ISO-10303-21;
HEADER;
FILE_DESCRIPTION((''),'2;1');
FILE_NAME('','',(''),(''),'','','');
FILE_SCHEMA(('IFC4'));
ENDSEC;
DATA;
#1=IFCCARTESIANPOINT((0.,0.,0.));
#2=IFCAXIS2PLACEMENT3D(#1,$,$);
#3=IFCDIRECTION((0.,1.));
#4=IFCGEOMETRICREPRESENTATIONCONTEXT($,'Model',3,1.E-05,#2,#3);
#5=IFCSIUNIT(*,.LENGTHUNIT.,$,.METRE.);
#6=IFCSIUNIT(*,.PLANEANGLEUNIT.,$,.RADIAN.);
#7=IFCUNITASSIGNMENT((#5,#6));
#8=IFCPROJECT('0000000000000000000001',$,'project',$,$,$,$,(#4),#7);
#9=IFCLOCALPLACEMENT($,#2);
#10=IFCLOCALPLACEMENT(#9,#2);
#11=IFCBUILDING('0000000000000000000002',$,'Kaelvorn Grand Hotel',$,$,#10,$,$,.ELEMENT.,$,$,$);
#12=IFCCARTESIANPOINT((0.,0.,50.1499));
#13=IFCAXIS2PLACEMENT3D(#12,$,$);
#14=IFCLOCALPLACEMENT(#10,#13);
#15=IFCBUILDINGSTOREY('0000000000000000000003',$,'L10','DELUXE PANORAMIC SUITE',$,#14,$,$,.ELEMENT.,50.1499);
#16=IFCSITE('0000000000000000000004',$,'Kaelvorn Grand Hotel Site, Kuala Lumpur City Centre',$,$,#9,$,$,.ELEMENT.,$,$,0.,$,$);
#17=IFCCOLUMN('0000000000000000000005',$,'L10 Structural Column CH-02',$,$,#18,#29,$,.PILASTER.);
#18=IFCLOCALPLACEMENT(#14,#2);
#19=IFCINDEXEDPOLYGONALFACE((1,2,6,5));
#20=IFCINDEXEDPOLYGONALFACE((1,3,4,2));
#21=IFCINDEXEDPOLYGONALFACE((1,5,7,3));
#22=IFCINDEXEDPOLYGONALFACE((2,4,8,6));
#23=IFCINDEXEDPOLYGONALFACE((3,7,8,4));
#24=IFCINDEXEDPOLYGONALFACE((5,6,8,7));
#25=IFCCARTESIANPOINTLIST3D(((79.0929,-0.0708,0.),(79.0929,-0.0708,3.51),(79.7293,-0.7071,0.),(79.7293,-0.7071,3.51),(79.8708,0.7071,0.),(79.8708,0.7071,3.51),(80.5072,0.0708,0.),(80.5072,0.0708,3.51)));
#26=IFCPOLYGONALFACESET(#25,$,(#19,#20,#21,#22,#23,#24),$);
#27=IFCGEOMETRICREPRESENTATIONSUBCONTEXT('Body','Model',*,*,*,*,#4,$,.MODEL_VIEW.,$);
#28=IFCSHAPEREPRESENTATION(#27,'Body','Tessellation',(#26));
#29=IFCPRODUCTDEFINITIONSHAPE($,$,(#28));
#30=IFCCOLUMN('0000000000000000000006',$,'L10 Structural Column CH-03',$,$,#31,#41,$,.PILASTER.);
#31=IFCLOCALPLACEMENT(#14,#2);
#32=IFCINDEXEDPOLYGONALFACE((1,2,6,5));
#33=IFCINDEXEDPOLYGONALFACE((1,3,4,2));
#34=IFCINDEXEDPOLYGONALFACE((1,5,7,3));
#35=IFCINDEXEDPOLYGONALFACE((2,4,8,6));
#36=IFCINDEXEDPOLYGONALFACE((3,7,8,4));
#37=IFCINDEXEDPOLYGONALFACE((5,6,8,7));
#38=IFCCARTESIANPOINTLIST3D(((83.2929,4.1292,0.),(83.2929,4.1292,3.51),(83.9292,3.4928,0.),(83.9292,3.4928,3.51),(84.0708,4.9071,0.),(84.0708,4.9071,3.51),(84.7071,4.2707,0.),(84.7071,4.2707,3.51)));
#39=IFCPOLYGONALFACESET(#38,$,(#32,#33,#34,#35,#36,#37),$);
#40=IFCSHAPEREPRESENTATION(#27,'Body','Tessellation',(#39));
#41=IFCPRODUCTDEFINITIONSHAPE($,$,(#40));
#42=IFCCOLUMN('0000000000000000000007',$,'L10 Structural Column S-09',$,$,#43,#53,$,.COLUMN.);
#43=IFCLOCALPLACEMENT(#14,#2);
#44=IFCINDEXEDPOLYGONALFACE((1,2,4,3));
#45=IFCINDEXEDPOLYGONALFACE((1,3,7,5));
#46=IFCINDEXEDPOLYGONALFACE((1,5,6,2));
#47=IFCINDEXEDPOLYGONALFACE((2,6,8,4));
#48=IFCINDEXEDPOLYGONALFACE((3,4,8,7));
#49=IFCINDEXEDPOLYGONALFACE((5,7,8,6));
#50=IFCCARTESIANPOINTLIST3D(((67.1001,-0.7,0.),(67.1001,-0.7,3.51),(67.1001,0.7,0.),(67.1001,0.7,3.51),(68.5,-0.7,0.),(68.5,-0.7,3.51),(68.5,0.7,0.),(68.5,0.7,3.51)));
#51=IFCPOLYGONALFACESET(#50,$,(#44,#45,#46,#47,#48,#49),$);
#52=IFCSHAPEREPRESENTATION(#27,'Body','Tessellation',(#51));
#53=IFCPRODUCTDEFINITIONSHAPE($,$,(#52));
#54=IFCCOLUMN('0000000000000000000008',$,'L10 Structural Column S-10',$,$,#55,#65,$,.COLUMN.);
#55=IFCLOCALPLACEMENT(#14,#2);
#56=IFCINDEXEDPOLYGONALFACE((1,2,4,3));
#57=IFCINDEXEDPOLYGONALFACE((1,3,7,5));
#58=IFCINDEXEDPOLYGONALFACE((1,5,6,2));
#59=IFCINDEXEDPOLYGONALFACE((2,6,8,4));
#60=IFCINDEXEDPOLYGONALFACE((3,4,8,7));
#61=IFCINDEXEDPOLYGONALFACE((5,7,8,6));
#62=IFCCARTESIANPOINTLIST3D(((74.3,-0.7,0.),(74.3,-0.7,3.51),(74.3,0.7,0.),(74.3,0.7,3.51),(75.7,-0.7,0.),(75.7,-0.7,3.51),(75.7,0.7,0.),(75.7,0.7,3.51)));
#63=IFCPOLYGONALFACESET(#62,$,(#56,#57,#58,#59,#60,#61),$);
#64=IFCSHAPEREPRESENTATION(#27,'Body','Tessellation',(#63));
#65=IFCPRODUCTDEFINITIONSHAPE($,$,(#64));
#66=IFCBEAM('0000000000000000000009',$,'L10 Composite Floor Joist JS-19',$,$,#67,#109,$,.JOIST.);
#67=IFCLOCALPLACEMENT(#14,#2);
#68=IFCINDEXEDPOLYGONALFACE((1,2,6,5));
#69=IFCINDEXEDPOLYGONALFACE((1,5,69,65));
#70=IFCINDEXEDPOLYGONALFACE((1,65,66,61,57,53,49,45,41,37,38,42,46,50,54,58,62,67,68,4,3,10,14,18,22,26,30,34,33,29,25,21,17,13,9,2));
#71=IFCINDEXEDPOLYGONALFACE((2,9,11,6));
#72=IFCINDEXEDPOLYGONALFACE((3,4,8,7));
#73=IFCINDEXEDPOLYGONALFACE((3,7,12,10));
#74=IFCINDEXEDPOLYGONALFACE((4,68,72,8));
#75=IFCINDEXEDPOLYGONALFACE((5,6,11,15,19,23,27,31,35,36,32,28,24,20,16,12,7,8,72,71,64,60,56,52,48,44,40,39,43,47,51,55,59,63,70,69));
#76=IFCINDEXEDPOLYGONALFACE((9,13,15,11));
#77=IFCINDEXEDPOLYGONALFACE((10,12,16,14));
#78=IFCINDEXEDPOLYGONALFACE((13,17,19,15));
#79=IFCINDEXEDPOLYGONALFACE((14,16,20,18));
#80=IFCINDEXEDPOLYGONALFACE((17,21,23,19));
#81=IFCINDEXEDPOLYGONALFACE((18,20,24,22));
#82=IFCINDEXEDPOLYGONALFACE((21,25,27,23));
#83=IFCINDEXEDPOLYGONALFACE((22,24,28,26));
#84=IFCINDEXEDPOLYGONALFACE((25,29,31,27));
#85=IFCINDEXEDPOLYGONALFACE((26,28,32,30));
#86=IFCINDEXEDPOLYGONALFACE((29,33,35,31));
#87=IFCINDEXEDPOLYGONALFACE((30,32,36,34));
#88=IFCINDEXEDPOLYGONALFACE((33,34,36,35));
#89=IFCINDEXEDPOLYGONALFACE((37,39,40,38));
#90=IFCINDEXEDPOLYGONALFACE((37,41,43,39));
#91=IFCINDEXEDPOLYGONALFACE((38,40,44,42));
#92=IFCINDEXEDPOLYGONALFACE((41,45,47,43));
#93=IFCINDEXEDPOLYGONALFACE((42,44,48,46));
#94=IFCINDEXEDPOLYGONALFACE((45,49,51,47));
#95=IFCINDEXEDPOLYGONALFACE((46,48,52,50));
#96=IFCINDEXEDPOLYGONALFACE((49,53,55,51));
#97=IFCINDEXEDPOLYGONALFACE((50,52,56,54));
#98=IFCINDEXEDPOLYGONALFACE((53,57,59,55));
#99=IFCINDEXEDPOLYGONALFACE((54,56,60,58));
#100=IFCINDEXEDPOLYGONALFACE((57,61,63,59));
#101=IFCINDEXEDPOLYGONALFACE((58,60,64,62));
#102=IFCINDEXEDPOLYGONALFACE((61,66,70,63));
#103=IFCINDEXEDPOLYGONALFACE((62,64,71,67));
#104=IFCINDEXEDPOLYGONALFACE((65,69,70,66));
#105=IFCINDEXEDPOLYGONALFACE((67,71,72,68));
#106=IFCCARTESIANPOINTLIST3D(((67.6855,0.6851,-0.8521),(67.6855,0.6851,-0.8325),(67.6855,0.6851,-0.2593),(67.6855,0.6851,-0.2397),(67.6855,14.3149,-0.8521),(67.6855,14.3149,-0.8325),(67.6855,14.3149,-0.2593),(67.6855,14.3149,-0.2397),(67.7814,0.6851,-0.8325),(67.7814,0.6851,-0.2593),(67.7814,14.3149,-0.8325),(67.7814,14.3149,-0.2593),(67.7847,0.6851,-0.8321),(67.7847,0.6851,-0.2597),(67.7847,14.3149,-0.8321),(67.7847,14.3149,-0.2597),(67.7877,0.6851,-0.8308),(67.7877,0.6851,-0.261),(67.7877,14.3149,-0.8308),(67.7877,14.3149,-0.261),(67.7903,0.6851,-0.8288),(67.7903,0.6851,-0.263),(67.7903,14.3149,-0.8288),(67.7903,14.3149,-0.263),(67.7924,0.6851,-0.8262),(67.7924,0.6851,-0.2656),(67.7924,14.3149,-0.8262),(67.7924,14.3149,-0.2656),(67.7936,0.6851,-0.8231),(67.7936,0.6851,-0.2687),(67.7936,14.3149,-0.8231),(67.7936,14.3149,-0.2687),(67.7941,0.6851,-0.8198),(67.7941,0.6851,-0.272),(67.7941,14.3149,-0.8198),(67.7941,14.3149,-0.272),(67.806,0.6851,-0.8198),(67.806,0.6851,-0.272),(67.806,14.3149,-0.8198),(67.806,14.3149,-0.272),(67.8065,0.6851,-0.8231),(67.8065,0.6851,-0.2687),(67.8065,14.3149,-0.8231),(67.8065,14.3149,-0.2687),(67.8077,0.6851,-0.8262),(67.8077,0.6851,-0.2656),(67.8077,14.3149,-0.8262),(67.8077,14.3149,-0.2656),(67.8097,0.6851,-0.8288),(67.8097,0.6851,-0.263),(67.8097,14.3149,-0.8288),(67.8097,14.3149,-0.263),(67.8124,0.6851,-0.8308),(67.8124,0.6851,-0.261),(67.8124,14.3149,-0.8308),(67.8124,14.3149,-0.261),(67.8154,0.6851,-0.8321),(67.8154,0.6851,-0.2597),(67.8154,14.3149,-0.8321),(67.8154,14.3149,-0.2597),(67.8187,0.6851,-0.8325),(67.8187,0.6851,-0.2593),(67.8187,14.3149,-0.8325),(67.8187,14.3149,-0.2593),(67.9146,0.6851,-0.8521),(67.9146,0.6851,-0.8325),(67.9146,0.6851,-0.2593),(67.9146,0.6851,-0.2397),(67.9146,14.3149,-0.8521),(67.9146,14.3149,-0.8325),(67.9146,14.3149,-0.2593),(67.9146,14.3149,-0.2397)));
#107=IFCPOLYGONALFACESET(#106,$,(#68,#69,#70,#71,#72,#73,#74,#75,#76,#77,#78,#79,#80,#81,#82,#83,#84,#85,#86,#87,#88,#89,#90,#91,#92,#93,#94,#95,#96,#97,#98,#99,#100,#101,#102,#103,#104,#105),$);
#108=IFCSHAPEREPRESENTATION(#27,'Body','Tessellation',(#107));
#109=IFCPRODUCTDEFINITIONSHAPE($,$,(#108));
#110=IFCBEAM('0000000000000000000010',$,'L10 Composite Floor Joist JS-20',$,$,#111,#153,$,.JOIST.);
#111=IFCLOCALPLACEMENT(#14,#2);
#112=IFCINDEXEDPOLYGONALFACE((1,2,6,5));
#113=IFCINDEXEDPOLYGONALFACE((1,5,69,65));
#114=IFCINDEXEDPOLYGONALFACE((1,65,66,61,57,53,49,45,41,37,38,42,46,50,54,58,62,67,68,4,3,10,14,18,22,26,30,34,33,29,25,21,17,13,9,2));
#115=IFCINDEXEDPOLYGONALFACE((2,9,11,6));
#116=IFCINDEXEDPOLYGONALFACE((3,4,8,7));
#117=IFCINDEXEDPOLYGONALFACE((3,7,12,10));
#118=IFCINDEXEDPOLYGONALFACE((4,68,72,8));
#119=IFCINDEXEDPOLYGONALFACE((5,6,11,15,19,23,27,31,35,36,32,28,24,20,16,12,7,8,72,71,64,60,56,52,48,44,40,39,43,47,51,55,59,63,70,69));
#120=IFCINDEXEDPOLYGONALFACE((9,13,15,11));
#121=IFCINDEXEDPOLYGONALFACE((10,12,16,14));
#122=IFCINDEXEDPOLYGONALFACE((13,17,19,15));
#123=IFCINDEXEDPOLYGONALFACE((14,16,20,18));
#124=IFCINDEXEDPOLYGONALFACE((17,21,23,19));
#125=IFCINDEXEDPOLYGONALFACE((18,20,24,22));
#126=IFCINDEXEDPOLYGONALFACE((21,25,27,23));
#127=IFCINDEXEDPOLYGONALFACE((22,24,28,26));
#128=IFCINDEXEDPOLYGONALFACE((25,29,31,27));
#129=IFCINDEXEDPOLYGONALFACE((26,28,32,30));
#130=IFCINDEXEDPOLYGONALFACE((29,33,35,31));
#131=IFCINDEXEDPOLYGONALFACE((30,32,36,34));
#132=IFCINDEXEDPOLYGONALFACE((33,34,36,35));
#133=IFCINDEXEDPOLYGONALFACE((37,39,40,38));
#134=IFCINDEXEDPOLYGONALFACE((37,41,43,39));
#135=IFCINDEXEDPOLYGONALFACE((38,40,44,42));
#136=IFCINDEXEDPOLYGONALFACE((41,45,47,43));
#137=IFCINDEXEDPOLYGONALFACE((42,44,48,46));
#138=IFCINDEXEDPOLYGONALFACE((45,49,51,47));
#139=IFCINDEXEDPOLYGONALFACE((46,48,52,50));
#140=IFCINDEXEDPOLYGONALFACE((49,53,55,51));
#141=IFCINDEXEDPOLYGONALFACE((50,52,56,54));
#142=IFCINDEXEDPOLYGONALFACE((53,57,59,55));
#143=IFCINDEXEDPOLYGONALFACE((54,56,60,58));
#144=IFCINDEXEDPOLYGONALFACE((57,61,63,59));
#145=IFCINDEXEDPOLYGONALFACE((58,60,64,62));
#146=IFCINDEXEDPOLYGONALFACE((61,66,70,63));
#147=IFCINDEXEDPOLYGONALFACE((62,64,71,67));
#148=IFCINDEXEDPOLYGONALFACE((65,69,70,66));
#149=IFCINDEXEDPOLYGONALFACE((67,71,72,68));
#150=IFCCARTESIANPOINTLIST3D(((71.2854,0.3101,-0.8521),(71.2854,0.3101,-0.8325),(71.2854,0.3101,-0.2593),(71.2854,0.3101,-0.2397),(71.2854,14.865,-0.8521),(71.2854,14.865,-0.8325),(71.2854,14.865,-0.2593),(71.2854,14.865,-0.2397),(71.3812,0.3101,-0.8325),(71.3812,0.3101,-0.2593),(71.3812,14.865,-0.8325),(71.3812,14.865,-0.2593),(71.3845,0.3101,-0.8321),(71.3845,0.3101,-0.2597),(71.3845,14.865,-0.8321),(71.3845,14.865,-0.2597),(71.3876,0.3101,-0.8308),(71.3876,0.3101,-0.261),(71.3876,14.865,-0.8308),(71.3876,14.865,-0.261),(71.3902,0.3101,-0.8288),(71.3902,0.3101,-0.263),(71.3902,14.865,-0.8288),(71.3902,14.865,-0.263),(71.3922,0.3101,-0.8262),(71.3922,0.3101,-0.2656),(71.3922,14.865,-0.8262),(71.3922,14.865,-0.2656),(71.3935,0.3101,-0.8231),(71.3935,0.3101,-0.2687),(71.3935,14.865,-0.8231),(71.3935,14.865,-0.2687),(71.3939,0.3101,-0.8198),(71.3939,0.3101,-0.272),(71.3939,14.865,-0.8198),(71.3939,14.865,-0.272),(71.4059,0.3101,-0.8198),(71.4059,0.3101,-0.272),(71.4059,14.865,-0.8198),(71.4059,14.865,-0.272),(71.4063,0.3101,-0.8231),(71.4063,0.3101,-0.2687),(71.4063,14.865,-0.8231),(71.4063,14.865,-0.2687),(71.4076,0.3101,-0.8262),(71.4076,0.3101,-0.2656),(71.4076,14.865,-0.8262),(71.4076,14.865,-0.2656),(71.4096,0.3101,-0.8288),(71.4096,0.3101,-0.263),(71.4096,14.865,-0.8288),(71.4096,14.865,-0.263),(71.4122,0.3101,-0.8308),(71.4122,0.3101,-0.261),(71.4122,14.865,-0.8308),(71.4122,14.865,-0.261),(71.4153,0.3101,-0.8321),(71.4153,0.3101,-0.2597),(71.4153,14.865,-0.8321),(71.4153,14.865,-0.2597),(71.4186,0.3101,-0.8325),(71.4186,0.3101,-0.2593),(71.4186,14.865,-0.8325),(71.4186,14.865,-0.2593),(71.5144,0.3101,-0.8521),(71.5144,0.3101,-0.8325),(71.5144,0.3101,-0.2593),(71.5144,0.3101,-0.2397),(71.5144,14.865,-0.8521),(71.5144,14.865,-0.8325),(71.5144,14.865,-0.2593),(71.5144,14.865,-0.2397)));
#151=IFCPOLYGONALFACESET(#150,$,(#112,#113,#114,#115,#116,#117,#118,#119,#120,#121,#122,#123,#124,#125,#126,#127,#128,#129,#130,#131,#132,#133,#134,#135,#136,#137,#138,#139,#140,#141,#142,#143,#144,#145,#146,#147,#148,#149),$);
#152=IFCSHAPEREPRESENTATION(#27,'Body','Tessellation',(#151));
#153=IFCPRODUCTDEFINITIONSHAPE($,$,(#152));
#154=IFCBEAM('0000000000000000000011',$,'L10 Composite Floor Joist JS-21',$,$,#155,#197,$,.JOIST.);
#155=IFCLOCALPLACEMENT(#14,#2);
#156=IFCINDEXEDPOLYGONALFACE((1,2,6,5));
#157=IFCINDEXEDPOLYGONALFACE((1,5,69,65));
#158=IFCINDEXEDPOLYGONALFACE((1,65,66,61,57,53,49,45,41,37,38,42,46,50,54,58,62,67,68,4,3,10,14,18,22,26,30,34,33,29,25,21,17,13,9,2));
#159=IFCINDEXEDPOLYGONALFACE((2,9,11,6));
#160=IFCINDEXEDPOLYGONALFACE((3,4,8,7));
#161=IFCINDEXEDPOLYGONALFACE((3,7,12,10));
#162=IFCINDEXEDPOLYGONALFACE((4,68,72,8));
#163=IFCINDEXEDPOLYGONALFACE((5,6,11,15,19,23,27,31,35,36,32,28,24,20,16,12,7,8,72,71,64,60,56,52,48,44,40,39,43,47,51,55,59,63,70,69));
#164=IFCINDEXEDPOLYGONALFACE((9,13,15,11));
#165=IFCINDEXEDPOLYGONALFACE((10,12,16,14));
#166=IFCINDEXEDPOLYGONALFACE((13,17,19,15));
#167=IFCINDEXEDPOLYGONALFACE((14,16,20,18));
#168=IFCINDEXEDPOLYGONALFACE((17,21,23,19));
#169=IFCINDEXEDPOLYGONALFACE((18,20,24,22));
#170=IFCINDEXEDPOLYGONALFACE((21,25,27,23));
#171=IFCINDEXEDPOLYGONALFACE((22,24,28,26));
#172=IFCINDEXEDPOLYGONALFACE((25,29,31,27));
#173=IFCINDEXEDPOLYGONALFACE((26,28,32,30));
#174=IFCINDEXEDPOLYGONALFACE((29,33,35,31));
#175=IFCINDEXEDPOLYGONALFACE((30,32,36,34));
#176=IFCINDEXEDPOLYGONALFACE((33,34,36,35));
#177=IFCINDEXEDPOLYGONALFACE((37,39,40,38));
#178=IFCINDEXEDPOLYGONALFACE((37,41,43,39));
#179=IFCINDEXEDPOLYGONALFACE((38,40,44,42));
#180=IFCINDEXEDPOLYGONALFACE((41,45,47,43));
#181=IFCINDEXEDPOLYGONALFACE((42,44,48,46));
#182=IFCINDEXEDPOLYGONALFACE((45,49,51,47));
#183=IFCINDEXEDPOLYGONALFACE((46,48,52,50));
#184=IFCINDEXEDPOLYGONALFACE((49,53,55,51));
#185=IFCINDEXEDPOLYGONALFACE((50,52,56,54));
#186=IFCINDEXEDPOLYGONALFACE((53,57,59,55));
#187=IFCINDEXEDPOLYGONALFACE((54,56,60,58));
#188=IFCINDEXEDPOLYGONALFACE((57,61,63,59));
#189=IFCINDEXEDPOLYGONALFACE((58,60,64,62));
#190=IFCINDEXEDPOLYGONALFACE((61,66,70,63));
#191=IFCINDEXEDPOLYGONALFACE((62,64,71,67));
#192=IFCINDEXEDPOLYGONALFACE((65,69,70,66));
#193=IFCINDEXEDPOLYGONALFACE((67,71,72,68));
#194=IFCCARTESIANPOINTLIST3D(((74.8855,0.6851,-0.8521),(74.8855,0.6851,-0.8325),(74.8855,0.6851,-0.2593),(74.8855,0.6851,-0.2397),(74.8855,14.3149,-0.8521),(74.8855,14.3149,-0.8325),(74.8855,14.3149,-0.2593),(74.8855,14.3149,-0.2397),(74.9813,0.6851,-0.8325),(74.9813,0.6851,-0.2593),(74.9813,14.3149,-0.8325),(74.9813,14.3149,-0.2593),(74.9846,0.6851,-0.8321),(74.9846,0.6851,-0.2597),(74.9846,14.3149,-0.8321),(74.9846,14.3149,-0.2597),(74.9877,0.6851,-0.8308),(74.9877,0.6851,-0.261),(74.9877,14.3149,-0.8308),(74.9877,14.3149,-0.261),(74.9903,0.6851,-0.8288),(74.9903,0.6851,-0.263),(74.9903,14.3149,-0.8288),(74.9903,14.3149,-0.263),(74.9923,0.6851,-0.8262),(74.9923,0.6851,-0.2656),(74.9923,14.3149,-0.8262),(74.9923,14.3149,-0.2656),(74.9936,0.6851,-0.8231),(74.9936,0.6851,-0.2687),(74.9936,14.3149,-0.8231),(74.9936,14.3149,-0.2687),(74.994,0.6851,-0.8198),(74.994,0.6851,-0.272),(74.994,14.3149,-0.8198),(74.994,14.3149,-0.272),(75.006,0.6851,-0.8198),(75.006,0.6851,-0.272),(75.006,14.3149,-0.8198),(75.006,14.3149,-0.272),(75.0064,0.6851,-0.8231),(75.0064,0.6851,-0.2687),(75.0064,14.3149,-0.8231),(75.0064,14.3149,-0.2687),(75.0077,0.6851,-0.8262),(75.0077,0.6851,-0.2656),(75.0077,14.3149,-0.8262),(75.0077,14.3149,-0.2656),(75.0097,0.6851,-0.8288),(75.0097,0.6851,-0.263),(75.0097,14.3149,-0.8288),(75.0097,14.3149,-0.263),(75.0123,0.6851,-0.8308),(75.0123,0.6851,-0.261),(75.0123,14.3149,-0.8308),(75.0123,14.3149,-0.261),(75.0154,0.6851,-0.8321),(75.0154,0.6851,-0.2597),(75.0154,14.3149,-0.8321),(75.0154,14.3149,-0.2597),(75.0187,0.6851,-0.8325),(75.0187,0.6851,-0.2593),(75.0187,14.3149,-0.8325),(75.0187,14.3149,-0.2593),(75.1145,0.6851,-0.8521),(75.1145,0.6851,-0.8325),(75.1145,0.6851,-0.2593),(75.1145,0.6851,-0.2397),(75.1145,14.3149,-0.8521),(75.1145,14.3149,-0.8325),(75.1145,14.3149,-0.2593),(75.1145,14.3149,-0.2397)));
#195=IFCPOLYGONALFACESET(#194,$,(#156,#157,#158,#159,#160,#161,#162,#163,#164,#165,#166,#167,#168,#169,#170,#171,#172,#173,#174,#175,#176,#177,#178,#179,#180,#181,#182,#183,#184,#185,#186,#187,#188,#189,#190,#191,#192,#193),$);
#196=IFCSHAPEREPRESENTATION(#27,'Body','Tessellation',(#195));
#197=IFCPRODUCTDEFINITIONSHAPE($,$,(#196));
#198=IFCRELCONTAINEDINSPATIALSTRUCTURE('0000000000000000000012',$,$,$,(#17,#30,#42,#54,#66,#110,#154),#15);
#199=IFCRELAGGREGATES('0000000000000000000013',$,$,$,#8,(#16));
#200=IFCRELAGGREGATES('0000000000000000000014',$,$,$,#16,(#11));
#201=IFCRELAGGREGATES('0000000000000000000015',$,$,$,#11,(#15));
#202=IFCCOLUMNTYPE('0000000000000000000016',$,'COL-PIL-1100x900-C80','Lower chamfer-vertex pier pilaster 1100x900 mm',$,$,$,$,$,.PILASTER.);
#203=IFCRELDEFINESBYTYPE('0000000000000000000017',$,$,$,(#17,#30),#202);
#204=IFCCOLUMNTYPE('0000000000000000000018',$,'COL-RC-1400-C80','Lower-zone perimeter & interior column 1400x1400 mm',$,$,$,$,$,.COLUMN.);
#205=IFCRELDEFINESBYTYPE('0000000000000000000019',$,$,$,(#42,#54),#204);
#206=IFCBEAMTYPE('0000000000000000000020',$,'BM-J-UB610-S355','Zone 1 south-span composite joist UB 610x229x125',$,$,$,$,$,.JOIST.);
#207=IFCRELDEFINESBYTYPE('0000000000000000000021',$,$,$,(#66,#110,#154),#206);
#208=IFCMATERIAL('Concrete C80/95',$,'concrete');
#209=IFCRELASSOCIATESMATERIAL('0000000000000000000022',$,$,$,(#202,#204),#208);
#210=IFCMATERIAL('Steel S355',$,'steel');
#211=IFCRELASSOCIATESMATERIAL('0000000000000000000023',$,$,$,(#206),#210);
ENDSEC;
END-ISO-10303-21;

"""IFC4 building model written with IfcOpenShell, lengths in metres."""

from ifc_helpers import new_model, si_unit, direction, frame, origin, origin_2d, place, context, subcontext, project, spatial, rectangle, i_section, extrude, material, material_profile, profile_set, type_object, element, save


model = new_model("IFC4")

# Units and contexts
model_context = context("Model", 3, precision=1e-05, world=origin(), true_north=direction((0.0, 1.0)))
body_context = subcontext(model_context, "Body", "Model", "MODEL_VIEW")
ifc_project = project(units=[si_unit("LENGTHUNIT", "METRE"), si_unit("PLANEANGLEUNIT", "RADIAN")], contexts=[model_context])

# Site, building, storey
site_placement = place(None, origin())
site = spatial("IfcSite", under=ifc_project, at=site_placement, Name="Kaelvorn Grand Hotel Site, Kuala Lumpur City Centre", CompositionType="ELEMENT", RefElevation=0.0)
building_placement = place(site_placement, origin())
building = spatial("IfcBuilding", under=site, at=building_placement, Name="Kaelvorn Grand Hotel", CompositionType="ELEMENT")
storey_placement = place(building_placement, frame((0.0, 0.0, 50.1499)))
storey = spatial("IfcBuildingStorey", under=building, at=storey_placement, Name="L10", Description="DELUXE PANORAMIC SUITE", CompositionType="ELEMENT", Elevation=50.1499)

# Columns
ifc_material_1 = material(Name="Concrete C80/95", Category="concrete")
ifc_material_profile_1 = material_profile(ifc_material_1, rectangle(XDim=1.1001, YDim=0.8999, at=origin_2d()), Name="RC PILASTER 1100x900")
ifc_profile_set_1 = profile_set([ifc_material_profile_1], Name="Concrete C80/95")
column_type_1 = type_object("IfcColumnType", Name="COL-PIL-1100x900-C80", Description="Lower chamfer-vertex pier pilaster 1100x900 mm", PredefinedType="PILASTER", material=ifc_profile_set_1)
for number, where, z_axis, x_axis, name in (
    (1, (79.8, 0.0, 0.0), (0.0, 0.0, 1.0), (0.707107, 0.707107, 0.0), "L10 Structural Column CH-02"),
    (2, (84.0, 4.2, 0.0), (0.0, 0.0, 1.0), (0.707107, 0.707107, 0.0), "L10 Structural Column CH-03"),
):
    element("IfcColumn", number, at=place(storey_placement, frame(where, z_axis=z_axis, x_axis=x_axis)), inside=storey, type_object=column_type_1, Name=name, PredefinedType="PILASTER", context=body_context, shape_type="SweptSolid", body=[
        extrude(rectangle(XDim=1.1001, YDim=0.8999, at=origin_2d()), origin(), (0.0, 0.0, 1.0), 3.51),
    ])
ifc_material_profile_2 = material_profile(ifc_material_1, rectangle(XDim=1.3999, YDim=1.3999, at=origin_2d()), Name="RC COL 1400x1400")
ifc_profile_set_2 = profile_set([ifc_material_profile_2], Name="Concrete C80/95")
column_type_2 = type_object("IfcColumnType", Name="COL-RC-1400-C80", Description="Lower-zone perimeter & interior column 1400x1400 mm", PredefinedType="COLUMN", material=ifc_profile_set_2)
for number, where, z_axis, x_axis, name in (
    (3, (67.8, 0.0, 0.0), (0.0, 0.0, 1.0), (1.0, 0.0, 0.0), "L10 Structural Column S-09"),
    (4, (75.0, 0.0, 0.0), (0.0, 0.0, 1.0), (1.0, 0.0, 0.0), "L10 Structural Column S-10"),
):
    element("IfcColumn", number, at=place(storey_placement, frame(where, z_axis=z_axis, x_axis=x_axis)), inside=storey, type_object=column_type_2, Name=name, PredefinedType="COLUMN", context=body_context, shape_type="SweptSolid", body=[
        extrude(rectangle(XDim=1.3999, YDim=1.3999, at=origin_2d()), origin(), (0.0, 0.0, 1.0), 3.51),
    ])

# Beams
ifc_material_2 = material(Name="Steel S355", Category="steel")
ifc_material_profile_3 = material_profile(ifc_material_2, i_section(OverallWidth=0.229, OverallDepth=0.6123, WebThickness=0.012, FlangeThickness=0.0195, FilletRadius=0.0127, at=origin_2d()), Name="UB 610x229x125")
ifc_profile_set_3 = profile_set([ifc_material_profile_3], Name="Steel S355")
beam_type_1 = type_object("IfcBeamType", Name="BM-J-UB610-S355", Description="Zone 1 south-span composite joist UB 610x229x125", PredefinedType="JOIST", material=ifc_profile_set_3)
beam_1_placement = place(storey_placement, frame((67.8, 0.6851, -0.5459), z_axis=(0.0, 1.0, 0.0), x_axis=(-1.0, 0.0, 0.0)))
element("IfcBeam", 5, at=beam_1_placement, inside=storey, type_object=beam_type_1, Name="L10 Composite Floor Joist JS-19", PredefinedType="JOIST", context=body_context, shape_type="SweptSolid", body=[
    extrude(i_section(OverallWidth=0.229, OverallDepth=0.6123, WebThickness=0.012, FlangeThickness=0.0195, FilletRadius=0.0127, at=origin_2d()), origin(), (0.0, 0.0, 1.0), 13.6299),
])
beam_2_placement = place(storey_placement, frame((71.3999, 0.3101, -0.5459), z_axis=(0.0, 1.0, 0.0), x_axis=(-1.0, 0.0, 0.0)))
element("IfcBeam", 6, at=beam_2_placement, inside=storey, type_object=beam_type_1, Name="L10 Composite Floor Joist JS-20", PredefinedType="JOIST", context=body_context, shape_type="SweptSolid", body=[
    extrude(i_section(OverallWidth=0.229, OverallDepth=0.6123, WebThickness=0.012, FlangeThickness=0.0195, FilletRadius=0.0127, at=origin_2d()), origin(), (0.0, 0.0, 1.0), 14.5549),
])
beam_3_placement = place(storey_placement, frame((75.0, 0.6851, -0.5459), z_axis=(0.0, 1.0, 0.0), x_axis=(-1.0, 0.0, 0.0)))
element("IfcBeam", 7, at=beam_3_placement, inside=storey, type_object=beam_type_1, Name="L10 Composite Floor Joist JS-21", PredefinedType="JOIST", context=body_context, shape_type="SweptSolid", body=[
    extrude(i_section(OverallWidth=0.229, OverallDepth=0.6123, WebThickness=0.012, FlangeThickness=0.0195, FilletRadius=0.0127, at=origin_2d()), origin(), (0.0, 0.0, 1.0), 13.6299),
])

save(model, "model.ifc")
